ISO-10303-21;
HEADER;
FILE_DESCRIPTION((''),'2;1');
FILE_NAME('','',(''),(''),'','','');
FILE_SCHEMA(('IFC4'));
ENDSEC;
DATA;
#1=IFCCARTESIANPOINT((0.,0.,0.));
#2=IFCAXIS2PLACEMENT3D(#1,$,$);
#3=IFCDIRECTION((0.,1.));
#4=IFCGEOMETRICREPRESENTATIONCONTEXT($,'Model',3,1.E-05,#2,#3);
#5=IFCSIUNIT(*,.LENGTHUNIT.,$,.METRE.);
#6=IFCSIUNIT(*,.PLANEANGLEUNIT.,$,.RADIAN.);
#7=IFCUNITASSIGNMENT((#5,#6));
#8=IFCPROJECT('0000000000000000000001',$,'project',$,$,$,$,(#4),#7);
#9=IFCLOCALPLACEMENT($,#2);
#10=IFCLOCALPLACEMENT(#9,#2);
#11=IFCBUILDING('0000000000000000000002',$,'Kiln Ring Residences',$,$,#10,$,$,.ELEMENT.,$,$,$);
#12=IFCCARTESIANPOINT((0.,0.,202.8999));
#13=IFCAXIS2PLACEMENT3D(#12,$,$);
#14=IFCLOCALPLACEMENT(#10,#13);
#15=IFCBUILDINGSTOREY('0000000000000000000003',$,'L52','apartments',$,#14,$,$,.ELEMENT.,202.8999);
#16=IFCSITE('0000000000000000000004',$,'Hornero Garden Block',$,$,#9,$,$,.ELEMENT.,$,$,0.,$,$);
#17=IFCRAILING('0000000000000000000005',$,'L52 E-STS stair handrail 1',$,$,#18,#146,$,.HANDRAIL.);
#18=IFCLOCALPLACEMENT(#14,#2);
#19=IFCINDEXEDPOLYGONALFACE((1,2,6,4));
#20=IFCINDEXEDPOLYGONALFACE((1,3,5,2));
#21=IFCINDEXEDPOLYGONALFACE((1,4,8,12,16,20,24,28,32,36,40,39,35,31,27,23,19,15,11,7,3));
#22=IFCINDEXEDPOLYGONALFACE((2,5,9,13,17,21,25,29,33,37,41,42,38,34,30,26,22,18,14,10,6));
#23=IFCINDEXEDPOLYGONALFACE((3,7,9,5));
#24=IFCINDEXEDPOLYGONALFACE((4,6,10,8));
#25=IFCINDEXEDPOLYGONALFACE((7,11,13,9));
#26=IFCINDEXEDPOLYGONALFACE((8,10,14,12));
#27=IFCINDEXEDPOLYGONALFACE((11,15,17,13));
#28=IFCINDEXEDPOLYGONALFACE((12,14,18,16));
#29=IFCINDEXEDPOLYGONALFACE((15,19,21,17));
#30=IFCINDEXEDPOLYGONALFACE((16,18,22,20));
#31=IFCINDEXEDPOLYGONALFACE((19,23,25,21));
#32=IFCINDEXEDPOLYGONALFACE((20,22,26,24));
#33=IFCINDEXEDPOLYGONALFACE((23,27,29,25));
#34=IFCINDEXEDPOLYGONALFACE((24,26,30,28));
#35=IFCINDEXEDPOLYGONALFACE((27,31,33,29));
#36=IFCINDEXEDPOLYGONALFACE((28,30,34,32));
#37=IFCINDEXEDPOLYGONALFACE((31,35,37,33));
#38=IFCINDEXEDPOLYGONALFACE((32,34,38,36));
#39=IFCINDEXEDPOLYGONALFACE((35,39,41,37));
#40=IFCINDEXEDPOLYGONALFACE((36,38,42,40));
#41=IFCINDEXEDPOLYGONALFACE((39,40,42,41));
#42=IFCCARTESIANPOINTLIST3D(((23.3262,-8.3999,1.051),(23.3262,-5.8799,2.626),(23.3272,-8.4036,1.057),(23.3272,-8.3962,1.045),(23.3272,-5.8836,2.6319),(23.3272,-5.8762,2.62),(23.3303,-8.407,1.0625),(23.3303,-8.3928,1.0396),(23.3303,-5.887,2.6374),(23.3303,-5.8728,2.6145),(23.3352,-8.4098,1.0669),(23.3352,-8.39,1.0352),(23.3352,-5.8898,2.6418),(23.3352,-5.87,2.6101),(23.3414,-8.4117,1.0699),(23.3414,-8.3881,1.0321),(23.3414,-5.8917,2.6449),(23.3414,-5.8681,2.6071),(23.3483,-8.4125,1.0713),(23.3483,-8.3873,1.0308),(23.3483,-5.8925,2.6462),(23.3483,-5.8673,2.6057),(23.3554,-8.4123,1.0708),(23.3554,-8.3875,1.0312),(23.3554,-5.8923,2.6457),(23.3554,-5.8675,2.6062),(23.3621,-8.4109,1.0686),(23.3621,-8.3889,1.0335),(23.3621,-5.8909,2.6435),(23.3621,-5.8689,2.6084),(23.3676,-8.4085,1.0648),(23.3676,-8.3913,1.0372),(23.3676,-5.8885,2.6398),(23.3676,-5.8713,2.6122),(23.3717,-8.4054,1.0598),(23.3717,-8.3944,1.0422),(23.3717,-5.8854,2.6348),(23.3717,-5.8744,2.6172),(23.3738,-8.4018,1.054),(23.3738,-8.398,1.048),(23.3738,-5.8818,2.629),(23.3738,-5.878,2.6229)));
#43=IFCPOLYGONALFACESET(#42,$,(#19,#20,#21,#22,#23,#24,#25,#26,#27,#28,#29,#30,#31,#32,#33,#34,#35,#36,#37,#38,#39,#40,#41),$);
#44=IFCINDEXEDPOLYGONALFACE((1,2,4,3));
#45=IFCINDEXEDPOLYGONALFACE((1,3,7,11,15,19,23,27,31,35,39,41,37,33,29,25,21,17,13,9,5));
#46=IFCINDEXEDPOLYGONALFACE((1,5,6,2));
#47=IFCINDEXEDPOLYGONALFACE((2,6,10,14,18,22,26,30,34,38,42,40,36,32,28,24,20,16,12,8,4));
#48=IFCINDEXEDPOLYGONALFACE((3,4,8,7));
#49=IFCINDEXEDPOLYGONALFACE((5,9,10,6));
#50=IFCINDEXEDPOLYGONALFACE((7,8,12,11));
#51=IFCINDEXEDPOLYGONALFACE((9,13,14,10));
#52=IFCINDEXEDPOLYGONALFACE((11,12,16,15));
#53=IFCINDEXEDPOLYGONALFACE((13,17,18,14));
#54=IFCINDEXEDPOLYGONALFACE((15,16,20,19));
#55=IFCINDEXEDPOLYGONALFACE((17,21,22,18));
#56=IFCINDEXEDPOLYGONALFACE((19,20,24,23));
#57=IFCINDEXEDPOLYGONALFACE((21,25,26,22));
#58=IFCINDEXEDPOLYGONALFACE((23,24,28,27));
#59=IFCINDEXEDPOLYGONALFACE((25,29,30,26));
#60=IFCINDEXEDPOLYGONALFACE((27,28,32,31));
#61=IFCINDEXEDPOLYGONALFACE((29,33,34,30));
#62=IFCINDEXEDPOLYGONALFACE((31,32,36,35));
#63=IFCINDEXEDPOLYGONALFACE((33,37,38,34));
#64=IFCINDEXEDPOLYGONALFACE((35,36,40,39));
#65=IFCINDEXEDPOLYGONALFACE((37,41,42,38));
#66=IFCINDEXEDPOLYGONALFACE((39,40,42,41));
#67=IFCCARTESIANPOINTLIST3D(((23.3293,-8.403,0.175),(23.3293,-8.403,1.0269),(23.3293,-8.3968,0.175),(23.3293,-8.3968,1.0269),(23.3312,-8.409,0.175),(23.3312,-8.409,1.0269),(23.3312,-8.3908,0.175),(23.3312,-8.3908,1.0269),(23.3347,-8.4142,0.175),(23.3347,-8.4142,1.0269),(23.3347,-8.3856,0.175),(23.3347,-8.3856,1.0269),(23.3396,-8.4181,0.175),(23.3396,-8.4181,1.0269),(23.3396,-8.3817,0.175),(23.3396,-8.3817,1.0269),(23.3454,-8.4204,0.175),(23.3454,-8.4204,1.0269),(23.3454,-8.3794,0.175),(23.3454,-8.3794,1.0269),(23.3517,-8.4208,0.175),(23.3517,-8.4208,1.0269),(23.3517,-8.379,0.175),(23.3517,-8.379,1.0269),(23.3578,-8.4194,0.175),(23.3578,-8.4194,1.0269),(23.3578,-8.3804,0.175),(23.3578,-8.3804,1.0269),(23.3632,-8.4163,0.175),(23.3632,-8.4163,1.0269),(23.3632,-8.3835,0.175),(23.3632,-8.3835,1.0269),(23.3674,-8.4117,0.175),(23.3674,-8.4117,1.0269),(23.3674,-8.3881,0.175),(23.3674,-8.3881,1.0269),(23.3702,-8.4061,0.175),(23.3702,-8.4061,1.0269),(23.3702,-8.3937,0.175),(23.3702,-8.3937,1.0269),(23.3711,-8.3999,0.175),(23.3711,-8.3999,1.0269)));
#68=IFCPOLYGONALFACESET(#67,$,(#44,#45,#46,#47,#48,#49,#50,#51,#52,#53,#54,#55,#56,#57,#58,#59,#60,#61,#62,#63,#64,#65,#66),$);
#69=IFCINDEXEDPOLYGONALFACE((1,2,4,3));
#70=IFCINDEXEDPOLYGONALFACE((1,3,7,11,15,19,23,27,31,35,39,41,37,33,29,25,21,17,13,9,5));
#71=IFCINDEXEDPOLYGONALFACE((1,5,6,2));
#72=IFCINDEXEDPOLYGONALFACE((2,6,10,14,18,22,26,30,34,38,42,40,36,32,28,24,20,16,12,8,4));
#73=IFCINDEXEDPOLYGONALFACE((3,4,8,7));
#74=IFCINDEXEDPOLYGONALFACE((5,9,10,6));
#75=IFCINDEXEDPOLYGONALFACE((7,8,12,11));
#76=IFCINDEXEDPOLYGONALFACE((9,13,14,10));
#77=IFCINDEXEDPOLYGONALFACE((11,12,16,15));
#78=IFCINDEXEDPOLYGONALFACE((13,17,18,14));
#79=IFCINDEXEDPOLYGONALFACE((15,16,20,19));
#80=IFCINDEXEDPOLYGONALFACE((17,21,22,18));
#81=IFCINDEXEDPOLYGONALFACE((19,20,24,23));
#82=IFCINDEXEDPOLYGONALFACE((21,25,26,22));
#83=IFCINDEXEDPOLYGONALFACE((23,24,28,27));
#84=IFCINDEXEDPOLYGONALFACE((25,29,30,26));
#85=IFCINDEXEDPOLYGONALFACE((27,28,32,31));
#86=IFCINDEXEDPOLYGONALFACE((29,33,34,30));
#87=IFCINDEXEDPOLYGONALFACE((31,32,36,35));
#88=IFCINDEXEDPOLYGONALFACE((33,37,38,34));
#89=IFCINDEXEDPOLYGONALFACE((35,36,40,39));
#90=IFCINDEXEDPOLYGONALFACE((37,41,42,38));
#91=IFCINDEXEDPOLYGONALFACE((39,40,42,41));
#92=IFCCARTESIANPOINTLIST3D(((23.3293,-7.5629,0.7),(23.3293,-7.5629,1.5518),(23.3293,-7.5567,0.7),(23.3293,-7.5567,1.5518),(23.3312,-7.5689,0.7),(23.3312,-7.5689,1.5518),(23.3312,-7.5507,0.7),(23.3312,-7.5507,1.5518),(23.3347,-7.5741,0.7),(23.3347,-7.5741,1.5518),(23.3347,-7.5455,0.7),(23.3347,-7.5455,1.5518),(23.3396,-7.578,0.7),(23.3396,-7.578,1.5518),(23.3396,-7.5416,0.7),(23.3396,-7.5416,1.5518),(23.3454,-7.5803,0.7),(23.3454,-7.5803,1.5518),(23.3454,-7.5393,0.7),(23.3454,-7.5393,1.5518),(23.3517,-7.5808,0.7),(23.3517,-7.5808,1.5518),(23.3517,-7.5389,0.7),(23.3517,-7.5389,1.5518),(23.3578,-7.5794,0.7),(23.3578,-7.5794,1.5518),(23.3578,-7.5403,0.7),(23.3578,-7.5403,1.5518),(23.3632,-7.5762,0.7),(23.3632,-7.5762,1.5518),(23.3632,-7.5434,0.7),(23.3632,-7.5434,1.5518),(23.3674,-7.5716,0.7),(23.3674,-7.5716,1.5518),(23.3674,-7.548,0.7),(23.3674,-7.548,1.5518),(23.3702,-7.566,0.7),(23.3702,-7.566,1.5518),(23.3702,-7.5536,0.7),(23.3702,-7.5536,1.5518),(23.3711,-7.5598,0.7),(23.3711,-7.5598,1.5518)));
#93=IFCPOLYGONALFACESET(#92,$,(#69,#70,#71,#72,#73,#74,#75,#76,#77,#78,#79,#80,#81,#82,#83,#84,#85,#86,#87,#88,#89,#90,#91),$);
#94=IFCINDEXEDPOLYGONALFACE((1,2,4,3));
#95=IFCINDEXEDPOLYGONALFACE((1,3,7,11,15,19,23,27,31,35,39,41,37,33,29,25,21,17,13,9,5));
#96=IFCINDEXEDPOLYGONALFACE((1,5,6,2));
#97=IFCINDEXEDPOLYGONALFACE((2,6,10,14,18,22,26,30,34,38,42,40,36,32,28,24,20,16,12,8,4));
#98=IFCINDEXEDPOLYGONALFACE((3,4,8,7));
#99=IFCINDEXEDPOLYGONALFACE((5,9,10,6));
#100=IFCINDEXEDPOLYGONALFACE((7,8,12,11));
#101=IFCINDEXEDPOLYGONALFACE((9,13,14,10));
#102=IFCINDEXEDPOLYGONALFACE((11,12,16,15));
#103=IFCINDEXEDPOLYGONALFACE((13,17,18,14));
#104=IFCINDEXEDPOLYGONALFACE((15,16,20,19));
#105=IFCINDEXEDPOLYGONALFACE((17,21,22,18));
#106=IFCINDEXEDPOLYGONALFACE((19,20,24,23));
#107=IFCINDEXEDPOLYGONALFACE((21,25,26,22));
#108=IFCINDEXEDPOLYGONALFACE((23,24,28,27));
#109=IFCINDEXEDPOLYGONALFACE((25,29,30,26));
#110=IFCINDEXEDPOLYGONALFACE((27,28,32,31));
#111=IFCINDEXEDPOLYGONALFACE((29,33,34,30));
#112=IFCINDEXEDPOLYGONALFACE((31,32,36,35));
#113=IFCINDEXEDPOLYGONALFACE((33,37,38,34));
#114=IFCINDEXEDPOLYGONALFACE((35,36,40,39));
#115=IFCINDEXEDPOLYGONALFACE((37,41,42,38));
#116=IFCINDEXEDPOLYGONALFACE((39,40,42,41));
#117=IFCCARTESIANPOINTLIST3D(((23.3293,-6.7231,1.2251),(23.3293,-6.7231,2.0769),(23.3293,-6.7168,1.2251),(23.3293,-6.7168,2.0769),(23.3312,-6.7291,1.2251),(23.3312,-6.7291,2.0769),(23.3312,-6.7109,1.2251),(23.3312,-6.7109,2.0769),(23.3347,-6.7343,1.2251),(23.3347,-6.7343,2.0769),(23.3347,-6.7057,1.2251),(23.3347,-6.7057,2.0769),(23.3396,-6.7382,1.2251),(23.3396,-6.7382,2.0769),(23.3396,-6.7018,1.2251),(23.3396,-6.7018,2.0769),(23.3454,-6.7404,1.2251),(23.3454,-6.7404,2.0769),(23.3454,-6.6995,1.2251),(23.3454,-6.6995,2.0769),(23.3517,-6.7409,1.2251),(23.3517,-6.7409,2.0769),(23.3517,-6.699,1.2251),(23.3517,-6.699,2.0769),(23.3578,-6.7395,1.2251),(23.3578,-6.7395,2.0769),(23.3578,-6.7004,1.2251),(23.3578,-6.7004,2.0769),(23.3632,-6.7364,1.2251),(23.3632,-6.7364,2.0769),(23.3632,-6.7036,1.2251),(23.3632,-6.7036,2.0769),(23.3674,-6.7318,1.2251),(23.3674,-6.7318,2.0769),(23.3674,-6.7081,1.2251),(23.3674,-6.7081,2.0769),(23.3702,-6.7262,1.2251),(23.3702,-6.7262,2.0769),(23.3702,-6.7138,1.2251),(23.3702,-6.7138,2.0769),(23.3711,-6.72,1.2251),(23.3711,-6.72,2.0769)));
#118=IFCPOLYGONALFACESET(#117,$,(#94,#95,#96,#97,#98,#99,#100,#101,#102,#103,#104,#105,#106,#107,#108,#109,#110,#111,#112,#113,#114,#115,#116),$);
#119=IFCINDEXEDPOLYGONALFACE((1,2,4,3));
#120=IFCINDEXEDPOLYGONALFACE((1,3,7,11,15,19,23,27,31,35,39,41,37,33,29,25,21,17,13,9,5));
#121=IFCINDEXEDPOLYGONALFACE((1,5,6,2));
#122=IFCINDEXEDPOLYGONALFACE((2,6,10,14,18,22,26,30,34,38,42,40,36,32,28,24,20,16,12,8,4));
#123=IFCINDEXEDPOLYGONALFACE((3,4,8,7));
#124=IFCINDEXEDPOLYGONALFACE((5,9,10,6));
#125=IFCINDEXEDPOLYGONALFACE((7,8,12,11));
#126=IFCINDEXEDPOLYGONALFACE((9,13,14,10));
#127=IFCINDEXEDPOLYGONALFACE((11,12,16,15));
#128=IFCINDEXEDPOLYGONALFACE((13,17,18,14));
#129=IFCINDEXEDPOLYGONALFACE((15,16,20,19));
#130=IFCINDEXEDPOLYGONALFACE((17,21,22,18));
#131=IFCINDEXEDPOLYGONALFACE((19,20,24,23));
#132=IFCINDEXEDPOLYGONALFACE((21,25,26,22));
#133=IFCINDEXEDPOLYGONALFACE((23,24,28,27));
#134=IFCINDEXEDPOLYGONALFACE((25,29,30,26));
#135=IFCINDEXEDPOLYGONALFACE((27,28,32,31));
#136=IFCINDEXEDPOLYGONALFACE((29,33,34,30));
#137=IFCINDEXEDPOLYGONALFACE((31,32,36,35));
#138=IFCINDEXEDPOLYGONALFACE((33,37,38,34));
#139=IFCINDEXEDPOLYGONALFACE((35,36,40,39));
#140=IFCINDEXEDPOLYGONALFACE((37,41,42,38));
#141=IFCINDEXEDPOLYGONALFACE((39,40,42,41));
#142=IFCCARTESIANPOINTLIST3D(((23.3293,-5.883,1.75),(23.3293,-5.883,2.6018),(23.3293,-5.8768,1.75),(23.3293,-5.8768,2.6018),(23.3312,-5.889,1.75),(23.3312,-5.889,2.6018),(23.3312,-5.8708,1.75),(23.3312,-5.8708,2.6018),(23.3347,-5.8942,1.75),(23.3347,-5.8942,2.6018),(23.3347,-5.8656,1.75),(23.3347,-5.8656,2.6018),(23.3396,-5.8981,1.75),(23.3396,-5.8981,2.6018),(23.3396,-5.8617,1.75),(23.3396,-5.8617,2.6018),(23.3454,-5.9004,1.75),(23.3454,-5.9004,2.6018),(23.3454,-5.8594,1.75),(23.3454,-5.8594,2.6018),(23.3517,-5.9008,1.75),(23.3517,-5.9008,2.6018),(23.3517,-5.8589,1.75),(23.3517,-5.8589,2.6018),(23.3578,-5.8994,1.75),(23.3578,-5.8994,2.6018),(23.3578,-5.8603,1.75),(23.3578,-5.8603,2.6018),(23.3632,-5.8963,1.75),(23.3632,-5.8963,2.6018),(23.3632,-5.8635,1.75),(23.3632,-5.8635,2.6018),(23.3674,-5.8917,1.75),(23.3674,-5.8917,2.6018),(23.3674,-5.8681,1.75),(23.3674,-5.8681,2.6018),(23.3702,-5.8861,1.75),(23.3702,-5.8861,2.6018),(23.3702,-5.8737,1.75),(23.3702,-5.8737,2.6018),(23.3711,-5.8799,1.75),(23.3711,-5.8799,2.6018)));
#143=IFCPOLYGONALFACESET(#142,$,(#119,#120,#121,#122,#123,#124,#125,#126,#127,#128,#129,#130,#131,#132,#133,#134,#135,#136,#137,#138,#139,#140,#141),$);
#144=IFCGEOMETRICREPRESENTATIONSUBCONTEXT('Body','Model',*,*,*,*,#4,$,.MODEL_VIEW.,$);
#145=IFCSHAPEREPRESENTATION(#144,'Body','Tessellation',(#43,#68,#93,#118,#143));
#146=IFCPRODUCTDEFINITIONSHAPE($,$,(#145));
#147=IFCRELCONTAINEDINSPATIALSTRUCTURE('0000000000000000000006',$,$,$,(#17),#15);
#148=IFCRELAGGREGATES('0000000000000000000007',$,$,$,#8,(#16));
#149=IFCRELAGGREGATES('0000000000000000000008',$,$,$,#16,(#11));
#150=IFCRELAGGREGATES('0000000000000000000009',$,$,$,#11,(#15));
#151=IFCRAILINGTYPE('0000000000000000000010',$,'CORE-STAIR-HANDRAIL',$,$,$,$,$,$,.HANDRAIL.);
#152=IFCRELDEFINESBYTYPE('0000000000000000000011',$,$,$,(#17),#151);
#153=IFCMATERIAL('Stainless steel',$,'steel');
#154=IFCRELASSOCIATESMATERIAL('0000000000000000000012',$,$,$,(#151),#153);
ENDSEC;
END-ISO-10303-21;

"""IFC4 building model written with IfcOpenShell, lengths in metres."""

from ifc_helpers import new_model, si_unit, direction, frame, origin, origin_2d, place, context, subcontext, project, spatial, circle, extrude, material, type_object, element, save


model = new_model("IFC4")

# Units and contexts
model_context = context("Model", 3, precision=1e-05, world=origin(), true_north=direction((0.0, 1.0)))
body_context = subcontext(model_context, "Body", "Model", "MODEL_VIEW")
ifc_project = project(units=[si_unit("LENGTHUNIT", "METRE"), si_unit("PLANEANGLEUNIT", "RADIAN")], contexts=[model_context])

# Site, building, storey
site_placement = place(None, origin())
site = spatial("IfcSite", under=ifc_project, at=site_placement, Name="Hornero Garden Block", CompositionType="ELEMENT", RefElevation=0.0)
building_placement = place(site_placement, origin())
building = spatial("IfcBuilding", under=site, at=building_placement, Name="Kiln Ring Residences", CompositionType="ELEMENT")
storey_placement = place(building_placement, frame((0.0, 0.0, 202.8999)))
storey = spatial("IfcBuildingStorey", under=building, at=storey_placement, Name="L52", Description="apartments", CompositionType="ELEMENT", Elevation=202.8999)

# Railing
ifc_material_1 = material(Name="Stainless steel", Category="steel")
railing_type_1 = type_object("IfcRailingType", Name="CORE-STAIR-HANDRAIL", PredefinedType="HANDRAIL", material=ifc_material_1)
railing_1_placement = place(storey_placement, frame((23.3501, -8.3999, 0.175)))
element("IfcRailing", 1, at=railing_1_placement, inside=storey, type_object=railing_type_1, Name="L52 E-STS stair handrail 1", PredefinedType="HANDRAIL", context=body_context, shape_type="SweptSolid", body=[
    extrude(circle(Radius=0.0239, at=origin_2d()), frame((0.0, 0.0, 0.876), z_axis=(0.0, 0.848008, 0.529984), x_axis=(-1.0, 0.0, 0.0)), (0.0, 0.0, 1.0), 2.9717),
    extrude(circle(Radius=0.021, at=origin_2d()), origin(), (0.0, 0.0, 1.0), 0.8518),
    extrude(circle(Radius=0.021, at=origin_2d()), frame((0.0, 0.8401, 0.5249)), (0.0, 0.0, 1.0), 0.8518),
    extrude(circle(Radius=0.021, at=origin_2d()), frame((0.0, 1.6799, 1.05)), (0.0, 0.0, 1.0), 0.8518),
    extrude(circle(Radius=0.021, at=origin_2d()), frame((0.0, 2.52, 1.575)), (0.0, 0.0, 1.0), 0.8518),
])

save(model, "model.ifc")
